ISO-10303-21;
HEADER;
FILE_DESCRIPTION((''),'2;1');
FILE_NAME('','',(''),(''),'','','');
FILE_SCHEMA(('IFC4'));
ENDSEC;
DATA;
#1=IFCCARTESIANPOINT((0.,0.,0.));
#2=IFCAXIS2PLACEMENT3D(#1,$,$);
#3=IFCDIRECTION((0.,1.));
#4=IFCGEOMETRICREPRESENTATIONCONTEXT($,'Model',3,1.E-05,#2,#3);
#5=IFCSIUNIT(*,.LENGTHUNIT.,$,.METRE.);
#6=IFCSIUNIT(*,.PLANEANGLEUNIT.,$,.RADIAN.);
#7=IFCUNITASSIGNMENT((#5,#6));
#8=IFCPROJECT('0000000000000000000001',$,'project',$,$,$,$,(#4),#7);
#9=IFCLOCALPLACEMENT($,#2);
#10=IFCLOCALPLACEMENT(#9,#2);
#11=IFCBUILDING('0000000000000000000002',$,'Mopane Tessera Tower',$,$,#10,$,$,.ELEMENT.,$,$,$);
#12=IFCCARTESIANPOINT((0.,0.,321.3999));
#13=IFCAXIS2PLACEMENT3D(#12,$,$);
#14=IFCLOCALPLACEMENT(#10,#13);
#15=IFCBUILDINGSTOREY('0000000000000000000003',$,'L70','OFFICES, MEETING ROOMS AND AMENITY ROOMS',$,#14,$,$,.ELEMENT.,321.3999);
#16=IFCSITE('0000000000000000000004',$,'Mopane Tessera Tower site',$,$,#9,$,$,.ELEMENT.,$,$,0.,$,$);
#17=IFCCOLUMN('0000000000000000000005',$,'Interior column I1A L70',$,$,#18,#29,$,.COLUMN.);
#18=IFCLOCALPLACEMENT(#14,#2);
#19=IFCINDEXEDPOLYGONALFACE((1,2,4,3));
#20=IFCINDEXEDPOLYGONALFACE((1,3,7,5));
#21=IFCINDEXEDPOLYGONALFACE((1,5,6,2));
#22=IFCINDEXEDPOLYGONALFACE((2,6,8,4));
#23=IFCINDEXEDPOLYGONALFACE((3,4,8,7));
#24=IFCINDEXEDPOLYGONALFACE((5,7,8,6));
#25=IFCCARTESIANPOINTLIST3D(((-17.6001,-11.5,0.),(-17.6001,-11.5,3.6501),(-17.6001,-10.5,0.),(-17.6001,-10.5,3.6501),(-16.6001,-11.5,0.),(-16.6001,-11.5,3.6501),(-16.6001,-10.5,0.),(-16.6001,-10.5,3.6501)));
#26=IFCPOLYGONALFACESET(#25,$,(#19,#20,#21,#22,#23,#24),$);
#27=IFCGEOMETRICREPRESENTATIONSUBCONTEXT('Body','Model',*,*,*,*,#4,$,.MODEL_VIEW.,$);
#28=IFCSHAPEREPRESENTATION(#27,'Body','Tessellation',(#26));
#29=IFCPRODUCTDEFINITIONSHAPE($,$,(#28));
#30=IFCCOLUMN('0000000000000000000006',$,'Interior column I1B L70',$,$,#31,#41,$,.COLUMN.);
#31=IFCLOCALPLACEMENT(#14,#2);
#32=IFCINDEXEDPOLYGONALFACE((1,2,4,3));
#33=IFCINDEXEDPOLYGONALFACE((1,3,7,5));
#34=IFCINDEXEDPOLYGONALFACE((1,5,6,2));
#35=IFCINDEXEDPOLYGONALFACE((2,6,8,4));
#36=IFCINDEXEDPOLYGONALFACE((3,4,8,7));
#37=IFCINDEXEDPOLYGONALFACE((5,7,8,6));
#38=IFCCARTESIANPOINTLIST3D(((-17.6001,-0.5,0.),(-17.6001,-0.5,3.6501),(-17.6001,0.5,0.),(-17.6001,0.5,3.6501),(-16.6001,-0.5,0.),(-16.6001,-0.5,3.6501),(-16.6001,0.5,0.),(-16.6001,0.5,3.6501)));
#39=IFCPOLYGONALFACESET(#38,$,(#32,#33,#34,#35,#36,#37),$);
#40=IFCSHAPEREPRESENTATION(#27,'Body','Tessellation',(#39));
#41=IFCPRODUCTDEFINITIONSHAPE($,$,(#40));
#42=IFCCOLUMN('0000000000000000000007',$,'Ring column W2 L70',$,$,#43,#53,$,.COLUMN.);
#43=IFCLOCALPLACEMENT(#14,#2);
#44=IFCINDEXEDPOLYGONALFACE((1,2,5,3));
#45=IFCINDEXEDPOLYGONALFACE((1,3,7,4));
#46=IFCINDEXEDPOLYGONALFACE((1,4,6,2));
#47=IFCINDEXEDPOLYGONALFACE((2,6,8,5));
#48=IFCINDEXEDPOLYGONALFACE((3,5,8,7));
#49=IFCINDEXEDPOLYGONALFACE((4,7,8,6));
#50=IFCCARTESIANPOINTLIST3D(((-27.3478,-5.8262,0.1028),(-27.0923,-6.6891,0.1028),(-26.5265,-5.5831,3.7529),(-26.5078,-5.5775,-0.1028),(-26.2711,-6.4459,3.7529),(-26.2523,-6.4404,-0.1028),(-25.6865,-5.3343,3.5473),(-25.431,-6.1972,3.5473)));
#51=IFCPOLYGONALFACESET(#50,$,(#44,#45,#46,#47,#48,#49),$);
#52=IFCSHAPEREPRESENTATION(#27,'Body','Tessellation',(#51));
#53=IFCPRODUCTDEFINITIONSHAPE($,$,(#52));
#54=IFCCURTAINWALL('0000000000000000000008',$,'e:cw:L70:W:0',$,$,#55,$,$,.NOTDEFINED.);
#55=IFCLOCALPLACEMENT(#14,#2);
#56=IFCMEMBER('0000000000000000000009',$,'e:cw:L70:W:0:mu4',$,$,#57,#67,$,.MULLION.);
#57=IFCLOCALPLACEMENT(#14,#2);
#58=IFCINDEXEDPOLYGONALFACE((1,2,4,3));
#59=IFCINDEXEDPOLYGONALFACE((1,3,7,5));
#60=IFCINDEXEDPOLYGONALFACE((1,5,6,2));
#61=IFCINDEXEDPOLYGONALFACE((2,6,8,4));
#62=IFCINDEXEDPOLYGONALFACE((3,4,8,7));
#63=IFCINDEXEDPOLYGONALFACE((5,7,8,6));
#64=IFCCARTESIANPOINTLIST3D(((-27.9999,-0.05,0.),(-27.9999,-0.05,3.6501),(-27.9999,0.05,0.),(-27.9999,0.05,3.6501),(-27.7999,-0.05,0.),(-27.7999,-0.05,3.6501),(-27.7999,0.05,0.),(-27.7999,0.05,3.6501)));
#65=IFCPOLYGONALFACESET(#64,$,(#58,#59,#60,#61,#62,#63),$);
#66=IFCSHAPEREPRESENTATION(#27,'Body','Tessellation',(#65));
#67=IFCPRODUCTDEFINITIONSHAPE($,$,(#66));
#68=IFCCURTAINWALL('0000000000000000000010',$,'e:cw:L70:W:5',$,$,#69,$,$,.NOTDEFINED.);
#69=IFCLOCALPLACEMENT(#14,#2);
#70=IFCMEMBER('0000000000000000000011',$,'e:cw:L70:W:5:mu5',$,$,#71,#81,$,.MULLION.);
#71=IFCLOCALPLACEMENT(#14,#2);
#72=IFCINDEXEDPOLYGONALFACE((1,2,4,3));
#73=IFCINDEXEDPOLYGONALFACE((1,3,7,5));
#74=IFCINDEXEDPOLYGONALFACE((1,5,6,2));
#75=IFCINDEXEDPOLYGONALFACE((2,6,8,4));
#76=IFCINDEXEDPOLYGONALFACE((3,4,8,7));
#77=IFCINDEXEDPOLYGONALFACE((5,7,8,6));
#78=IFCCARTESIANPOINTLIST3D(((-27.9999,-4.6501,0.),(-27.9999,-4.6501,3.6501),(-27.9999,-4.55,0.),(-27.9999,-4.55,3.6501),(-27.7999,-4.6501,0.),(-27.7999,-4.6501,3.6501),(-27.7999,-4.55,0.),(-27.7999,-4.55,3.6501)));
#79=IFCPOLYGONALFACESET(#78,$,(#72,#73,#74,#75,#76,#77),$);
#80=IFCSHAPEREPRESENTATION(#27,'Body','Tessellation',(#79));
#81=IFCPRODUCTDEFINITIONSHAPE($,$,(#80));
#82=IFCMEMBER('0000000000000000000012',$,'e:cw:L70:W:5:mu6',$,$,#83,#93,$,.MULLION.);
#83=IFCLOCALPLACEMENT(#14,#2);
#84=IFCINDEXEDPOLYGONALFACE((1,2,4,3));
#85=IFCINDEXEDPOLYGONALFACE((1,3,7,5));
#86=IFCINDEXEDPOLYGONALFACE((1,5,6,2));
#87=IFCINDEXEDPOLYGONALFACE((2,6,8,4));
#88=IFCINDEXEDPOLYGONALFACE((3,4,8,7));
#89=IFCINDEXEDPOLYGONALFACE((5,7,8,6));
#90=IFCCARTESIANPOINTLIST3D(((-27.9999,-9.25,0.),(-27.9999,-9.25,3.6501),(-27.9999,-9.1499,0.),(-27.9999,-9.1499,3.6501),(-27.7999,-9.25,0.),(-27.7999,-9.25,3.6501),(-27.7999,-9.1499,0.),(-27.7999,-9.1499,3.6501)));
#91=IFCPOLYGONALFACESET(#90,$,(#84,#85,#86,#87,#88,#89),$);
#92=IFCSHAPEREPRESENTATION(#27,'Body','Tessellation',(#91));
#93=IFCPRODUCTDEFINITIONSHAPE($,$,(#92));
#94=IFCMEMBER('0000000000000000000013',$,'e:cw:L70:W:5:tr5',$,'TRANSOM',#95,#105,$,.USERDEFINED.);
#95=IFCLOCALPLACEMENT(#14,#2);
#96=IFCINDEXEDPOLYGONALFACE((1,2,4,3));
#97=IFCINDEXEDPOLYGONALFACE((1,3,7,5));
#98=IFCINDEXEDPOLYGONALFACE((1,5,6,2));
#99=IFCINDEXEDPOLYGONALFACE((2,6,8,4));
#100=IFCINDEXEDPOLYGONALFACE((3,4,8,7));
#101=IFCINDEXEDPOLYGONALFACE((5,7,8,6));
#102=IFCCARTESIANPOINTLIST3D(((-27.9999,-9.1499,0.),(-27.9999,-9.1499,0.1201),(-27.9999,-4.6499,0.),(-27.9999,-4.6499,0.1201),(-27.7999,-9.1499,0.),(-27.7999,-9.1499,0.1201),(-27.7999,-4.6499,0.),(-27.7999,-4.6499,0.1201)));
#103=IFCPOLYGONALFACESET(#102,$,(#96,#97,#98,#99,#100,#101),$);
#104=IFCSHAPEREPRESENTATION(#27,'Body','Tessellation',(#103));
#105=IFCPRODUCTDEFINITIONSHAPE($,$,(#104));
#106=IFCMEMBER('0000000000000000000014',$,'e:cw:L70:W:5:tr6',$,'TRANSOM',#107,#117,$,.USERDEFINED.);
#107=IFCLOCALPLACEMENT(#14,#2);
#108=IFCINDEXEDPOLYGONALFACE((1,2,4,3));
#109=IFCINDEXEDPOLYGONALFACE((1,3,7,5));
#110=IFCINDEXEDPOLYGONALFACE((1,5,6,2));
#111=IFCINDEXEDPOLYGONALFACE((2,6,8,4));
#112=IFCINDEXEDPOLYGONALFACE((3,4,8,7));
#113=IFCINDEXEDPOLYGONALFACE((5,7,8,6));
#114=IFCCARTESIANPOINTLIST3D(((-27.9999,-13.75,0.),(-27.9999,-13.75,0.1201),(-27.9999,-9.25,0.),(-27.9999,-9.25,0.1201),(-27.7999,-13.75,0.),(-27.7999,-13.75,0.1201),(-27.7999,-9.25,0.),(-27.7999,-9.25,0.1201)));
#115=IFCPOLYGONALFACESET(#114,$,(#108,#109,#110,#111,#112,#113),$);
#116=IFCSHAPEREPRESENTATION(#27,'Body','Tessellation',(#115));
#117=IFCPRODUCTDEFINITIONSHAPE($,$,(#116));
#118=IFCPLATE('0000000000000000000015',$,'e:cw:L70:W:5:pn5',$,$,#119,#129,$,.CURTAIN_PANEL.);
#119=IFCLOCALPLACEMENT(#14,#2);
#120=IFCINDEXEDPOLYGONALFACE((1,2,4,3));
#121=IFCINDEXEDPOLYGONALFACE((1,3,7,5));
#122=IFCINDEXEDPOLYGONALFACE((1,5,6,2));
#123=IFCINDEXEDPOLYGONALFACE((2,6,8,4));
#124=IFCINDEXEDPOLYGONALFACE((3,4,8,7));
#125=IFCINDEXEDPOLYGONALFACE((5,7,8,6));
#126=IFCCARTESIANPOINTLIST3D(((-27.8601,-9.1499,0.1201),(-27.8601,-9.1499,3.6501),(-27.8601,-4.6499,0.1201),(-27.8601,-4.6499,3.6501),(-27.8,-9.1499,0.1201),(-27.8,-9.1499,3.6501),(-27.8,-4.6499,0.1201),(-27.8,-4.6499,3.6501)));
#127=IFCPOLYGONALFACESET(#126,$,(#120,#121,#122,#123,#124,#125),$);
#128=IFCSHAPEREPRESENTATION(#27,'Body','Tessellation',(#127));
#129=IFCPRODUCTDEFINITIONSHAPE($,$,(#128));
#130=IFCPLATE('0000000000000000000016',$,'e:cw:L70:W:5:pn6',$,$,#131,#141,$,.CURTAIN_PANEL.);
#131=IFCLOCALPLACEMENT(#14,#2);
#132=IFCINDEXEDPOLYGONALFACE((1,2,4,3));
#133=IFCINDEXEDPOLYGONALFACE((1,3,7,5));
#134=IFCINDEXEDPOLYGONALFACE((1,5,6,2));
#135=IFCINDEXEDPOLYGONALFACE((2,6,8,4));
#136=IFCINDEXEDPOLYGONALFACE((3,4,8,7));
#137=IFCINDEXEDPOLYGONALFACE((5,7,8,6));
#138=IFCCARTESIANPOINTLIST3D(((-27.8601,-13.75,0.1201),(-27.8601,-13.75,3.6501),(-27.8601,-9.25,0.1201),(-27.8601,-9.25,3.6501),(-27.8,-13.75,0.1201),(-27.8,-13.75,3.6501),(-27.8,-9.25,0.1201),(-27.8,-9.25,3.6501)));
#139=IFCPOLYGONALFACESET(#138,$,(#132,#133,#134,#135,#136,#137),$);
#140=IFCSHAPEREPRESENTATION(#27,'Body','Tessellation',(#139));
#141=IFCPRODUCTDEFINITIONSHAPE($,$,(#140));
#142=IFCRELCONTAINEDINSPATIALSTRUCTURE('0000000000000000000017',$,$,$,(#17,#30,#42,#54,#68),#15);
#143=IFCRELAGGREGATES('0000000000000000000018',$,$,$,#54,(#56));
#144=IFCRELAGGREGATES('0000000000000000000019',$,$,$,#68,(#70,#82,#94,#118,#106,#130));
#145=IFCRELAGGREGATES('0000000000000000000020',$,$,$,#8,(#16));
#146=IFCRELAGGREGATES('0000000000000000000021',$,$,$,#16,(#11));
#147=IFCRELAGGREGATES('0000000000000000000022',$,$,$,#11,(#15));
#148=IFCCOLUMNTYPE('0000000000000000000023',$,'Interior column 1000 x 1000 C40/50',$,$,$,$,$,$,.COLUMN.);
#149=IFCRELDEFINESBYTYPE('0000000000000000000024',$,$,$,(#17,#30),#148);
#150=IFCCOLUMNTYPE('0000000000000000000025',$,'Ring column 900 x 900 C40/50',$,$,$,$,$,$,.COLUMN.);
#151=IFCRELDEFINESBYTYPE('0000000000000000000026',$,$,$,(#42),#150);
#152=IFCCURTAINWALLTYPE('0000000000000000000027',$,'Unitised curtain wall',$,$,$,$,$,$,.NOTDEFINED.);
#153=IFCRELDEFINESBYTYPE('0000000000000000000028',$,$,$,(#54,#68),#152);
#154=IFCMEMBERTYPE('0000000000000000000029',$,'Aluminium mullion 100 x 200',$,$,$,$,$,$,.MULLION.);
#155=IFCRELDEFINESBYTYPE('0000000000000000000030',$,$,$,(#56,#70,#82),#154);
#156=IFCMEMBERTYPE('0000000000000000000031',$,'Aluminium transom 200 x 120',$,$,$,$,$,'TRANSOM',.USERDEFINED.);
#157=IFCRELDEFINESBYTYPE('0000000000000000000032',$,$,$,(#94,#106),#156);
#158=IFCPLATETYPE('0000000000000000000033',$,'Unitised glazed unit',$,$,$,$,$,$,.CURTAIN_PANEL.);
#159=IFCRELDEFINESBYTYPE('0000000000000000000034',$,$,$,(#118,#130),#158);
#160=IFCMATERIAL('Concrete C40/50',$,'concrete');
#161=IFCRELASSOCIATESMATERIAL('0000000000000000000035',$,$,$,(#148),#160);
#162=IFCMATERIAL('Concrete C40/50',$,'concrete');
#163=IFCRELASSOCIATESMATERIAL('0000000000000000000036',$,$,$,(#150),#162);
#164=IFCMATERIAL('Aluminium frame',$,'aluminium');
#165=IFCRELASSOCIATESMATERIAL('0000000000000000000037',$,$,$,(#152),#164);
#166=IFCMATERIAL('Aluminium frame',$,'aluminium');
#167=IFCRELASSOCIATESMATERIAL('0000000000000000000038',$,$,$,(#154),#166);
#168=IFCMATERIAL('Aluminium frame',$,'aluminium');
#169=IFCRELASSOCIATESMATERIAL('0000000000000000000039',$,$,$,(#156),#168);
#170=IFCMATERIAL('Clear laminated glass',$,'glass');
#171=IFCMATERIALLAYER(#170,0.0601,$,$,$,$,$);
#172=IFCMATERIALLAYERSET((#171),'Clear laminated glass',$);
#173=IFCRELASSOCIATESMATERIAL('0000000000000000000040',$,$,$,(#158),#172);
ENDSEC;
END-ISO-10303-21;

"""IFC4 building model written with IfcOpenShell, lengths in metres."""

from ifc_helpers import new_model, si_unit, direction, frame, origin, origin_2d, place, context, subcontext, project, spatial, rectangle, extrude, material, layer, layer_set, material_profile, profile_set, type_object, element, aggregate, save


model = new_model("IFC4")

# Units and contexts
model_context = context("Model", 3, precision=1e-05, world=origin(), true_north=direction((0.0, 1.0)))
body_context = subcontext(model_context, "Body", "Model", "MODEL_VIEW")
ifc_project = project(units=[si_unit("LENGTHUNIT", "METRE"), si_unit("PLANEANGLEUNIT", "RADIAN")], contexts=[model_context])

# Site, building, storey
site_placement = place(None, origin())
site = spatial("IfcSite", under=ifc_project, at=site_placement, Name="Mopane Tessera Tower site", CompositionType="ELEMENT", RefElevation=0.0)
building_placement = place(site_placement, origin())
building = spatial("IfcBuilding", under=site, at=building_placement, Name="Mopane Tessera Tower", CompositionType="ELEMENT")
storey_placement = place(building_placement, frame((0.0, 0.0, 321.3999)))
storey = spatial("IfcBuildingStorey", under=building, at=storey_placement, Name="L70", Description="OFFICES, MEETING ROOMS AND AMENITY ROOMS", CompositionType="ELEMENT", Elevation=321.3999)

# Columns
ifc_material_1 = material(Name="Concrete C40/50", Category="concrete")
ifc_material_profile_1 = material_profile(ifc_material_1, rectangle(XDim=1.0, YDim=1.0, at=origin_2d()))
ifc_profile_set_1 = profile_set([ifc_material_profile_1], Name="Concrete C40/50")
column_type_1 = type_object("IfcColumnType", Name="Interior column 1000 x 1000 C40/50", PredefinedType="COLUMN", material=ifc_profile_set_1)
for number, where, z_axis, x_axis, name in (
    (1, (-17.1001, -11.0, 0.0), (0.0, 0.0, 1.0), (1.0, 0.0, 0.0), "Interior column I1A L70"),
    (2, (-17.1001, 0.0, 0.0), (0.0, 0.0, 1.0), (1.0, 0.0, 0.0), "Interior column I1B L70"),
):
    element("IfcColumn", number, at=place(storey_placement, frame(where, z_axis=z_axis, x_axis=x_axis)), inside=storey, type_object=column_type_1, Name=name, PredefinedType="COLUMN", context=body_context, shape_type="SweptSolid", body=[
        extrude(rectangle(XDim=1.0, YDim=1.0, at=origin_2d()), origin(), (0.0, 0.0, 1.0), 3.6501),
    ])
ifc_material_2 = material(Name="Concrete C40/50", Category="concrete")
ifc_material_profile_2 = material_profile(ifc_material_2, rectangle(XDim=0.8999, YDim=0.8999, at=origin_2d()))
ifc_profile_set_2 = profile_set([ifc_material_profile_2], Name="Concrete C40/50")
column_type_2 = type_object("IfcColumnType", Name="Ring column 900 x 900 C40/50", PredefinedType="COLUMN", material=ifc_profile_set_2)
column_placement = place(storey_placement, frame((-26.8, -6.1333, 0.0), z_axis=(0.219052, 0.064856, 0.973555), x_axis=(-0.283894, 0.958856, 0.0)))
element("IfcColumn", 3, at=column_placement, inside=storey, type_object=column_type_2, Name="Ring column W2 L70", PredefinedType="COLUMN", context=body_context, shape_type="SweptSolid", body=[
    extrude(rectangle(XDim=0.8999, YDim=0.8999, at=origin_2d()), origin(), (0.0, 0.0, 1.0), 3.7493),
])

# Curtain wall, member
ifc_material_3 = material(Name="Aluminium frame", Category="aluminium")
curtain_wall_type = type_object("IfcCurtainWallType", Name="Unitised curtain wall", PredefinedType="NOTDEFINED", material=ifc_material_3)
curtain_wall_1_placement = place(storey_placement, origin())
curtain_wall_1 = element("IfcCurtainWall", 4, at=curtain_wall_1_placement, inside=storey, type_object=curtain_wall_type, Name="e:cw:L70:W:0", PredefinedType="NOTDEFINED")
ifc_material_4 = material(Name="Aluminium frame", Category="aluminium")
ifc_material_profile_3 = material_profile(ifc_material_4, rectangle(XDim=0.1001, YDim=0.2, at=origin_2d()))
ifc_profile_set_3 = profile_set([ifc_material_profile_3], Name="Aluminium frame")
member_type_1 = type_object("IfcMemberType", Name="Aluminium mullion 100 x 200", PredefinedType="MULLION", material=ifc_profile_set_3)
member_1_placement = place(storey_placement, frame((-27.8999, 0.0, 0.0), z_axis=(0.0, 0.0, 1.0), x_axis=(0.0, -1.0, 0.0)))
member_1 = element("IfcMember", 5, at=member_1_placement, type_object=member_type_1, Name="e:cw:L70:W:0:mu4", PredefinedType="MULLION", context=body_context, shape_type="SweptSolid", body=[
    extrude(rectangle(XDim=0.1001, YDim=0.2, at=origin_2d()), origin(), (0.0, 0.0, 1.0), 3.6501),
])
aggregate(curtain_wall_1, [member_1])

# Curtain wall, members, plates
curtain_wall_2_placement = place(storey_placement, origin())
curtain_wall_2 = element("IfcCurtainWall", 6, at=curtain_wall_2_placement, inside=storey, type_object=curtain_wall_type, Name="e:cw:L70:W:5", PredefinedType="NOTDEFINED")
member_2_placement = place(storey_placement, frame((-27.8999, -4.6001, 0.0), z_axis=(0.0, 0.0, 1.0), x_axis=(0.0, -1.0, 0.0)))
member_2 = element("IfcMember", 7, at=member_2_placement, type_object=member_type_1, Name="e:cw:L70:W:5:mu5", PredefinedType="MULLION", context=body_context, shape_type="SweptSolid", body=[
    extrude(rectangle(XDim=0.1001, YDim=0.2, at=origin_2d()), origin(), (0.0, 0.0, 1.0), 3.6501),
])
member_3_placement = place(storey_placement, frame((-27.8999, -9.2, 0.0), z_axis=(0.0, 0.0, 1.0), x_axis=(0.0, -1.0, 0.0)))
member_3 = element("IfcMember", 8, at=member_3_placement, type_object=member_type_1, Name="e:cw:L70:W:5:mu6", PredefinedType="MULLION", context=body_context, shape_type="SweptSolid", body=[
    extrude(rectangle(XDim=0.1001, YDim=0.2, at=origin_2d()), origin(), (0.0, 0.0, 1.0), 3.6501),
])
ifc_material_5 = material(Name="Aluminium frame", Category="aluminium")
ifc_material_profile_4 = material_profile(ifc_material_5, rectangle(XDim=0.2, YDim=0.1201, at=origin_2d()))
ifc_profile_set_4 = profile_set([ifc_material_profile_4], Name="Aluminium frame")
member_type_2 = type_object("IfcMemberType", Name="Aluminium transom 200 x 120", ElementType="TRANSOM", PredefinedType="USERDEFINED", material=ifc_profile_set_4)
member_4_placement = place(storey_placement, frame((-27.8999, -4.6499, 0.0601), z_axis=(0.0, -1.0, 0.0), x_axis=(1.0, 0.0, 0.0)))
member_4 = element("IfcMember", 9, at=member_4_placement, type_object=member_type_2, Name="e:cw:L70:W:5:tr5", ObjectType="TRANSOM", PredefinedType="USERDEFINED", context=body_context, shape_type="SweptSolid", body=[
    extrude(rectangle(XDim=0.2, YDim=0.1201, at=origin_2d()), origin(), (0.0, 0.0, 1.0), 4.5),
])
member_5_placement = place(storey_placement, frame((-27.8999, -9.25, 0.0601), z_axis=(0.0, -1.0, 0.0), x_axis=(1.0, 0.0, 0.0)))
member_5 = element("IfcMember", 10, at=member_5_placement, type_object=member_type_2, Name="e:cw:L70:W:5:tr6", ObjectType="TRANSOM", PredefinedType="USERDEFINED", context=body_context, shape_type="SweptSolid", body=[
    extrude(rectangle(XDim=0.2, YDim=0.1201, at=origin_2d()), origin(), (0.0, 0.0, 1.0), 4.5),
])
ifc_material_6 = material(Name="Clear laminated glass", Category="glass")
ifc_layer_1 = layer(ifc_material_6, 0.0601)
ifc_layer_set_1 = layer_set([ifc_layer_1], Name="Clear laminated glass")
plate_type = type_object("IfcPlateType", Name="Unitised glazed unit", PredefinedType="CURTAIN_PANEL", material=ifc_layer_set_1)
plate_1_placement = place(storey_placement, frame((-27.8301, -6.8999, 0.1201), z_axis=(0.0, 0.0, 1.0), x_axis=(0.0, -1.0, 0.0)))
plate_1 = element("IfcPlate", 11, at=plate_1_placement, type_object=plate_type, Name="e:cw:L70:W:5:pn5", PredefinedType="CURTAIN_PANEL", context=body_context, shape_type="SweptSolid", body=[
    extrude(rectangle(XDim=4.5, YDim=0.0601, at=origin_2d()), origin(), (0.0, 0.0, 1.0), 3.53),
])
plate_2_placement = place(storey_placement, frame((-27.8301, -11.5, 0.1201), z_axis=(0.0, 0.0, 1.0), x_axis=(0.0, -1.0, 0.0)))
plate_2 = element("IfcPlate", 12, at=plate_2_placement, type_object=plate_type, Name="e:cw:L70:W:5:pn6", PredefinedType="CURTAIN_PANEL", context=body_context, shape_type="SweptSolid", body=[
    extrude(rectangle(XDim=4.5, YDim=0.0601, at=origin_2d()), origin(), (0.0, 0.0, 1.0), 3.53),
])
aggregate(curtain_wall_2, [member_2, member_3, member_4, plate_1, member_5, plate_2])

save(model, "model.ifc")
